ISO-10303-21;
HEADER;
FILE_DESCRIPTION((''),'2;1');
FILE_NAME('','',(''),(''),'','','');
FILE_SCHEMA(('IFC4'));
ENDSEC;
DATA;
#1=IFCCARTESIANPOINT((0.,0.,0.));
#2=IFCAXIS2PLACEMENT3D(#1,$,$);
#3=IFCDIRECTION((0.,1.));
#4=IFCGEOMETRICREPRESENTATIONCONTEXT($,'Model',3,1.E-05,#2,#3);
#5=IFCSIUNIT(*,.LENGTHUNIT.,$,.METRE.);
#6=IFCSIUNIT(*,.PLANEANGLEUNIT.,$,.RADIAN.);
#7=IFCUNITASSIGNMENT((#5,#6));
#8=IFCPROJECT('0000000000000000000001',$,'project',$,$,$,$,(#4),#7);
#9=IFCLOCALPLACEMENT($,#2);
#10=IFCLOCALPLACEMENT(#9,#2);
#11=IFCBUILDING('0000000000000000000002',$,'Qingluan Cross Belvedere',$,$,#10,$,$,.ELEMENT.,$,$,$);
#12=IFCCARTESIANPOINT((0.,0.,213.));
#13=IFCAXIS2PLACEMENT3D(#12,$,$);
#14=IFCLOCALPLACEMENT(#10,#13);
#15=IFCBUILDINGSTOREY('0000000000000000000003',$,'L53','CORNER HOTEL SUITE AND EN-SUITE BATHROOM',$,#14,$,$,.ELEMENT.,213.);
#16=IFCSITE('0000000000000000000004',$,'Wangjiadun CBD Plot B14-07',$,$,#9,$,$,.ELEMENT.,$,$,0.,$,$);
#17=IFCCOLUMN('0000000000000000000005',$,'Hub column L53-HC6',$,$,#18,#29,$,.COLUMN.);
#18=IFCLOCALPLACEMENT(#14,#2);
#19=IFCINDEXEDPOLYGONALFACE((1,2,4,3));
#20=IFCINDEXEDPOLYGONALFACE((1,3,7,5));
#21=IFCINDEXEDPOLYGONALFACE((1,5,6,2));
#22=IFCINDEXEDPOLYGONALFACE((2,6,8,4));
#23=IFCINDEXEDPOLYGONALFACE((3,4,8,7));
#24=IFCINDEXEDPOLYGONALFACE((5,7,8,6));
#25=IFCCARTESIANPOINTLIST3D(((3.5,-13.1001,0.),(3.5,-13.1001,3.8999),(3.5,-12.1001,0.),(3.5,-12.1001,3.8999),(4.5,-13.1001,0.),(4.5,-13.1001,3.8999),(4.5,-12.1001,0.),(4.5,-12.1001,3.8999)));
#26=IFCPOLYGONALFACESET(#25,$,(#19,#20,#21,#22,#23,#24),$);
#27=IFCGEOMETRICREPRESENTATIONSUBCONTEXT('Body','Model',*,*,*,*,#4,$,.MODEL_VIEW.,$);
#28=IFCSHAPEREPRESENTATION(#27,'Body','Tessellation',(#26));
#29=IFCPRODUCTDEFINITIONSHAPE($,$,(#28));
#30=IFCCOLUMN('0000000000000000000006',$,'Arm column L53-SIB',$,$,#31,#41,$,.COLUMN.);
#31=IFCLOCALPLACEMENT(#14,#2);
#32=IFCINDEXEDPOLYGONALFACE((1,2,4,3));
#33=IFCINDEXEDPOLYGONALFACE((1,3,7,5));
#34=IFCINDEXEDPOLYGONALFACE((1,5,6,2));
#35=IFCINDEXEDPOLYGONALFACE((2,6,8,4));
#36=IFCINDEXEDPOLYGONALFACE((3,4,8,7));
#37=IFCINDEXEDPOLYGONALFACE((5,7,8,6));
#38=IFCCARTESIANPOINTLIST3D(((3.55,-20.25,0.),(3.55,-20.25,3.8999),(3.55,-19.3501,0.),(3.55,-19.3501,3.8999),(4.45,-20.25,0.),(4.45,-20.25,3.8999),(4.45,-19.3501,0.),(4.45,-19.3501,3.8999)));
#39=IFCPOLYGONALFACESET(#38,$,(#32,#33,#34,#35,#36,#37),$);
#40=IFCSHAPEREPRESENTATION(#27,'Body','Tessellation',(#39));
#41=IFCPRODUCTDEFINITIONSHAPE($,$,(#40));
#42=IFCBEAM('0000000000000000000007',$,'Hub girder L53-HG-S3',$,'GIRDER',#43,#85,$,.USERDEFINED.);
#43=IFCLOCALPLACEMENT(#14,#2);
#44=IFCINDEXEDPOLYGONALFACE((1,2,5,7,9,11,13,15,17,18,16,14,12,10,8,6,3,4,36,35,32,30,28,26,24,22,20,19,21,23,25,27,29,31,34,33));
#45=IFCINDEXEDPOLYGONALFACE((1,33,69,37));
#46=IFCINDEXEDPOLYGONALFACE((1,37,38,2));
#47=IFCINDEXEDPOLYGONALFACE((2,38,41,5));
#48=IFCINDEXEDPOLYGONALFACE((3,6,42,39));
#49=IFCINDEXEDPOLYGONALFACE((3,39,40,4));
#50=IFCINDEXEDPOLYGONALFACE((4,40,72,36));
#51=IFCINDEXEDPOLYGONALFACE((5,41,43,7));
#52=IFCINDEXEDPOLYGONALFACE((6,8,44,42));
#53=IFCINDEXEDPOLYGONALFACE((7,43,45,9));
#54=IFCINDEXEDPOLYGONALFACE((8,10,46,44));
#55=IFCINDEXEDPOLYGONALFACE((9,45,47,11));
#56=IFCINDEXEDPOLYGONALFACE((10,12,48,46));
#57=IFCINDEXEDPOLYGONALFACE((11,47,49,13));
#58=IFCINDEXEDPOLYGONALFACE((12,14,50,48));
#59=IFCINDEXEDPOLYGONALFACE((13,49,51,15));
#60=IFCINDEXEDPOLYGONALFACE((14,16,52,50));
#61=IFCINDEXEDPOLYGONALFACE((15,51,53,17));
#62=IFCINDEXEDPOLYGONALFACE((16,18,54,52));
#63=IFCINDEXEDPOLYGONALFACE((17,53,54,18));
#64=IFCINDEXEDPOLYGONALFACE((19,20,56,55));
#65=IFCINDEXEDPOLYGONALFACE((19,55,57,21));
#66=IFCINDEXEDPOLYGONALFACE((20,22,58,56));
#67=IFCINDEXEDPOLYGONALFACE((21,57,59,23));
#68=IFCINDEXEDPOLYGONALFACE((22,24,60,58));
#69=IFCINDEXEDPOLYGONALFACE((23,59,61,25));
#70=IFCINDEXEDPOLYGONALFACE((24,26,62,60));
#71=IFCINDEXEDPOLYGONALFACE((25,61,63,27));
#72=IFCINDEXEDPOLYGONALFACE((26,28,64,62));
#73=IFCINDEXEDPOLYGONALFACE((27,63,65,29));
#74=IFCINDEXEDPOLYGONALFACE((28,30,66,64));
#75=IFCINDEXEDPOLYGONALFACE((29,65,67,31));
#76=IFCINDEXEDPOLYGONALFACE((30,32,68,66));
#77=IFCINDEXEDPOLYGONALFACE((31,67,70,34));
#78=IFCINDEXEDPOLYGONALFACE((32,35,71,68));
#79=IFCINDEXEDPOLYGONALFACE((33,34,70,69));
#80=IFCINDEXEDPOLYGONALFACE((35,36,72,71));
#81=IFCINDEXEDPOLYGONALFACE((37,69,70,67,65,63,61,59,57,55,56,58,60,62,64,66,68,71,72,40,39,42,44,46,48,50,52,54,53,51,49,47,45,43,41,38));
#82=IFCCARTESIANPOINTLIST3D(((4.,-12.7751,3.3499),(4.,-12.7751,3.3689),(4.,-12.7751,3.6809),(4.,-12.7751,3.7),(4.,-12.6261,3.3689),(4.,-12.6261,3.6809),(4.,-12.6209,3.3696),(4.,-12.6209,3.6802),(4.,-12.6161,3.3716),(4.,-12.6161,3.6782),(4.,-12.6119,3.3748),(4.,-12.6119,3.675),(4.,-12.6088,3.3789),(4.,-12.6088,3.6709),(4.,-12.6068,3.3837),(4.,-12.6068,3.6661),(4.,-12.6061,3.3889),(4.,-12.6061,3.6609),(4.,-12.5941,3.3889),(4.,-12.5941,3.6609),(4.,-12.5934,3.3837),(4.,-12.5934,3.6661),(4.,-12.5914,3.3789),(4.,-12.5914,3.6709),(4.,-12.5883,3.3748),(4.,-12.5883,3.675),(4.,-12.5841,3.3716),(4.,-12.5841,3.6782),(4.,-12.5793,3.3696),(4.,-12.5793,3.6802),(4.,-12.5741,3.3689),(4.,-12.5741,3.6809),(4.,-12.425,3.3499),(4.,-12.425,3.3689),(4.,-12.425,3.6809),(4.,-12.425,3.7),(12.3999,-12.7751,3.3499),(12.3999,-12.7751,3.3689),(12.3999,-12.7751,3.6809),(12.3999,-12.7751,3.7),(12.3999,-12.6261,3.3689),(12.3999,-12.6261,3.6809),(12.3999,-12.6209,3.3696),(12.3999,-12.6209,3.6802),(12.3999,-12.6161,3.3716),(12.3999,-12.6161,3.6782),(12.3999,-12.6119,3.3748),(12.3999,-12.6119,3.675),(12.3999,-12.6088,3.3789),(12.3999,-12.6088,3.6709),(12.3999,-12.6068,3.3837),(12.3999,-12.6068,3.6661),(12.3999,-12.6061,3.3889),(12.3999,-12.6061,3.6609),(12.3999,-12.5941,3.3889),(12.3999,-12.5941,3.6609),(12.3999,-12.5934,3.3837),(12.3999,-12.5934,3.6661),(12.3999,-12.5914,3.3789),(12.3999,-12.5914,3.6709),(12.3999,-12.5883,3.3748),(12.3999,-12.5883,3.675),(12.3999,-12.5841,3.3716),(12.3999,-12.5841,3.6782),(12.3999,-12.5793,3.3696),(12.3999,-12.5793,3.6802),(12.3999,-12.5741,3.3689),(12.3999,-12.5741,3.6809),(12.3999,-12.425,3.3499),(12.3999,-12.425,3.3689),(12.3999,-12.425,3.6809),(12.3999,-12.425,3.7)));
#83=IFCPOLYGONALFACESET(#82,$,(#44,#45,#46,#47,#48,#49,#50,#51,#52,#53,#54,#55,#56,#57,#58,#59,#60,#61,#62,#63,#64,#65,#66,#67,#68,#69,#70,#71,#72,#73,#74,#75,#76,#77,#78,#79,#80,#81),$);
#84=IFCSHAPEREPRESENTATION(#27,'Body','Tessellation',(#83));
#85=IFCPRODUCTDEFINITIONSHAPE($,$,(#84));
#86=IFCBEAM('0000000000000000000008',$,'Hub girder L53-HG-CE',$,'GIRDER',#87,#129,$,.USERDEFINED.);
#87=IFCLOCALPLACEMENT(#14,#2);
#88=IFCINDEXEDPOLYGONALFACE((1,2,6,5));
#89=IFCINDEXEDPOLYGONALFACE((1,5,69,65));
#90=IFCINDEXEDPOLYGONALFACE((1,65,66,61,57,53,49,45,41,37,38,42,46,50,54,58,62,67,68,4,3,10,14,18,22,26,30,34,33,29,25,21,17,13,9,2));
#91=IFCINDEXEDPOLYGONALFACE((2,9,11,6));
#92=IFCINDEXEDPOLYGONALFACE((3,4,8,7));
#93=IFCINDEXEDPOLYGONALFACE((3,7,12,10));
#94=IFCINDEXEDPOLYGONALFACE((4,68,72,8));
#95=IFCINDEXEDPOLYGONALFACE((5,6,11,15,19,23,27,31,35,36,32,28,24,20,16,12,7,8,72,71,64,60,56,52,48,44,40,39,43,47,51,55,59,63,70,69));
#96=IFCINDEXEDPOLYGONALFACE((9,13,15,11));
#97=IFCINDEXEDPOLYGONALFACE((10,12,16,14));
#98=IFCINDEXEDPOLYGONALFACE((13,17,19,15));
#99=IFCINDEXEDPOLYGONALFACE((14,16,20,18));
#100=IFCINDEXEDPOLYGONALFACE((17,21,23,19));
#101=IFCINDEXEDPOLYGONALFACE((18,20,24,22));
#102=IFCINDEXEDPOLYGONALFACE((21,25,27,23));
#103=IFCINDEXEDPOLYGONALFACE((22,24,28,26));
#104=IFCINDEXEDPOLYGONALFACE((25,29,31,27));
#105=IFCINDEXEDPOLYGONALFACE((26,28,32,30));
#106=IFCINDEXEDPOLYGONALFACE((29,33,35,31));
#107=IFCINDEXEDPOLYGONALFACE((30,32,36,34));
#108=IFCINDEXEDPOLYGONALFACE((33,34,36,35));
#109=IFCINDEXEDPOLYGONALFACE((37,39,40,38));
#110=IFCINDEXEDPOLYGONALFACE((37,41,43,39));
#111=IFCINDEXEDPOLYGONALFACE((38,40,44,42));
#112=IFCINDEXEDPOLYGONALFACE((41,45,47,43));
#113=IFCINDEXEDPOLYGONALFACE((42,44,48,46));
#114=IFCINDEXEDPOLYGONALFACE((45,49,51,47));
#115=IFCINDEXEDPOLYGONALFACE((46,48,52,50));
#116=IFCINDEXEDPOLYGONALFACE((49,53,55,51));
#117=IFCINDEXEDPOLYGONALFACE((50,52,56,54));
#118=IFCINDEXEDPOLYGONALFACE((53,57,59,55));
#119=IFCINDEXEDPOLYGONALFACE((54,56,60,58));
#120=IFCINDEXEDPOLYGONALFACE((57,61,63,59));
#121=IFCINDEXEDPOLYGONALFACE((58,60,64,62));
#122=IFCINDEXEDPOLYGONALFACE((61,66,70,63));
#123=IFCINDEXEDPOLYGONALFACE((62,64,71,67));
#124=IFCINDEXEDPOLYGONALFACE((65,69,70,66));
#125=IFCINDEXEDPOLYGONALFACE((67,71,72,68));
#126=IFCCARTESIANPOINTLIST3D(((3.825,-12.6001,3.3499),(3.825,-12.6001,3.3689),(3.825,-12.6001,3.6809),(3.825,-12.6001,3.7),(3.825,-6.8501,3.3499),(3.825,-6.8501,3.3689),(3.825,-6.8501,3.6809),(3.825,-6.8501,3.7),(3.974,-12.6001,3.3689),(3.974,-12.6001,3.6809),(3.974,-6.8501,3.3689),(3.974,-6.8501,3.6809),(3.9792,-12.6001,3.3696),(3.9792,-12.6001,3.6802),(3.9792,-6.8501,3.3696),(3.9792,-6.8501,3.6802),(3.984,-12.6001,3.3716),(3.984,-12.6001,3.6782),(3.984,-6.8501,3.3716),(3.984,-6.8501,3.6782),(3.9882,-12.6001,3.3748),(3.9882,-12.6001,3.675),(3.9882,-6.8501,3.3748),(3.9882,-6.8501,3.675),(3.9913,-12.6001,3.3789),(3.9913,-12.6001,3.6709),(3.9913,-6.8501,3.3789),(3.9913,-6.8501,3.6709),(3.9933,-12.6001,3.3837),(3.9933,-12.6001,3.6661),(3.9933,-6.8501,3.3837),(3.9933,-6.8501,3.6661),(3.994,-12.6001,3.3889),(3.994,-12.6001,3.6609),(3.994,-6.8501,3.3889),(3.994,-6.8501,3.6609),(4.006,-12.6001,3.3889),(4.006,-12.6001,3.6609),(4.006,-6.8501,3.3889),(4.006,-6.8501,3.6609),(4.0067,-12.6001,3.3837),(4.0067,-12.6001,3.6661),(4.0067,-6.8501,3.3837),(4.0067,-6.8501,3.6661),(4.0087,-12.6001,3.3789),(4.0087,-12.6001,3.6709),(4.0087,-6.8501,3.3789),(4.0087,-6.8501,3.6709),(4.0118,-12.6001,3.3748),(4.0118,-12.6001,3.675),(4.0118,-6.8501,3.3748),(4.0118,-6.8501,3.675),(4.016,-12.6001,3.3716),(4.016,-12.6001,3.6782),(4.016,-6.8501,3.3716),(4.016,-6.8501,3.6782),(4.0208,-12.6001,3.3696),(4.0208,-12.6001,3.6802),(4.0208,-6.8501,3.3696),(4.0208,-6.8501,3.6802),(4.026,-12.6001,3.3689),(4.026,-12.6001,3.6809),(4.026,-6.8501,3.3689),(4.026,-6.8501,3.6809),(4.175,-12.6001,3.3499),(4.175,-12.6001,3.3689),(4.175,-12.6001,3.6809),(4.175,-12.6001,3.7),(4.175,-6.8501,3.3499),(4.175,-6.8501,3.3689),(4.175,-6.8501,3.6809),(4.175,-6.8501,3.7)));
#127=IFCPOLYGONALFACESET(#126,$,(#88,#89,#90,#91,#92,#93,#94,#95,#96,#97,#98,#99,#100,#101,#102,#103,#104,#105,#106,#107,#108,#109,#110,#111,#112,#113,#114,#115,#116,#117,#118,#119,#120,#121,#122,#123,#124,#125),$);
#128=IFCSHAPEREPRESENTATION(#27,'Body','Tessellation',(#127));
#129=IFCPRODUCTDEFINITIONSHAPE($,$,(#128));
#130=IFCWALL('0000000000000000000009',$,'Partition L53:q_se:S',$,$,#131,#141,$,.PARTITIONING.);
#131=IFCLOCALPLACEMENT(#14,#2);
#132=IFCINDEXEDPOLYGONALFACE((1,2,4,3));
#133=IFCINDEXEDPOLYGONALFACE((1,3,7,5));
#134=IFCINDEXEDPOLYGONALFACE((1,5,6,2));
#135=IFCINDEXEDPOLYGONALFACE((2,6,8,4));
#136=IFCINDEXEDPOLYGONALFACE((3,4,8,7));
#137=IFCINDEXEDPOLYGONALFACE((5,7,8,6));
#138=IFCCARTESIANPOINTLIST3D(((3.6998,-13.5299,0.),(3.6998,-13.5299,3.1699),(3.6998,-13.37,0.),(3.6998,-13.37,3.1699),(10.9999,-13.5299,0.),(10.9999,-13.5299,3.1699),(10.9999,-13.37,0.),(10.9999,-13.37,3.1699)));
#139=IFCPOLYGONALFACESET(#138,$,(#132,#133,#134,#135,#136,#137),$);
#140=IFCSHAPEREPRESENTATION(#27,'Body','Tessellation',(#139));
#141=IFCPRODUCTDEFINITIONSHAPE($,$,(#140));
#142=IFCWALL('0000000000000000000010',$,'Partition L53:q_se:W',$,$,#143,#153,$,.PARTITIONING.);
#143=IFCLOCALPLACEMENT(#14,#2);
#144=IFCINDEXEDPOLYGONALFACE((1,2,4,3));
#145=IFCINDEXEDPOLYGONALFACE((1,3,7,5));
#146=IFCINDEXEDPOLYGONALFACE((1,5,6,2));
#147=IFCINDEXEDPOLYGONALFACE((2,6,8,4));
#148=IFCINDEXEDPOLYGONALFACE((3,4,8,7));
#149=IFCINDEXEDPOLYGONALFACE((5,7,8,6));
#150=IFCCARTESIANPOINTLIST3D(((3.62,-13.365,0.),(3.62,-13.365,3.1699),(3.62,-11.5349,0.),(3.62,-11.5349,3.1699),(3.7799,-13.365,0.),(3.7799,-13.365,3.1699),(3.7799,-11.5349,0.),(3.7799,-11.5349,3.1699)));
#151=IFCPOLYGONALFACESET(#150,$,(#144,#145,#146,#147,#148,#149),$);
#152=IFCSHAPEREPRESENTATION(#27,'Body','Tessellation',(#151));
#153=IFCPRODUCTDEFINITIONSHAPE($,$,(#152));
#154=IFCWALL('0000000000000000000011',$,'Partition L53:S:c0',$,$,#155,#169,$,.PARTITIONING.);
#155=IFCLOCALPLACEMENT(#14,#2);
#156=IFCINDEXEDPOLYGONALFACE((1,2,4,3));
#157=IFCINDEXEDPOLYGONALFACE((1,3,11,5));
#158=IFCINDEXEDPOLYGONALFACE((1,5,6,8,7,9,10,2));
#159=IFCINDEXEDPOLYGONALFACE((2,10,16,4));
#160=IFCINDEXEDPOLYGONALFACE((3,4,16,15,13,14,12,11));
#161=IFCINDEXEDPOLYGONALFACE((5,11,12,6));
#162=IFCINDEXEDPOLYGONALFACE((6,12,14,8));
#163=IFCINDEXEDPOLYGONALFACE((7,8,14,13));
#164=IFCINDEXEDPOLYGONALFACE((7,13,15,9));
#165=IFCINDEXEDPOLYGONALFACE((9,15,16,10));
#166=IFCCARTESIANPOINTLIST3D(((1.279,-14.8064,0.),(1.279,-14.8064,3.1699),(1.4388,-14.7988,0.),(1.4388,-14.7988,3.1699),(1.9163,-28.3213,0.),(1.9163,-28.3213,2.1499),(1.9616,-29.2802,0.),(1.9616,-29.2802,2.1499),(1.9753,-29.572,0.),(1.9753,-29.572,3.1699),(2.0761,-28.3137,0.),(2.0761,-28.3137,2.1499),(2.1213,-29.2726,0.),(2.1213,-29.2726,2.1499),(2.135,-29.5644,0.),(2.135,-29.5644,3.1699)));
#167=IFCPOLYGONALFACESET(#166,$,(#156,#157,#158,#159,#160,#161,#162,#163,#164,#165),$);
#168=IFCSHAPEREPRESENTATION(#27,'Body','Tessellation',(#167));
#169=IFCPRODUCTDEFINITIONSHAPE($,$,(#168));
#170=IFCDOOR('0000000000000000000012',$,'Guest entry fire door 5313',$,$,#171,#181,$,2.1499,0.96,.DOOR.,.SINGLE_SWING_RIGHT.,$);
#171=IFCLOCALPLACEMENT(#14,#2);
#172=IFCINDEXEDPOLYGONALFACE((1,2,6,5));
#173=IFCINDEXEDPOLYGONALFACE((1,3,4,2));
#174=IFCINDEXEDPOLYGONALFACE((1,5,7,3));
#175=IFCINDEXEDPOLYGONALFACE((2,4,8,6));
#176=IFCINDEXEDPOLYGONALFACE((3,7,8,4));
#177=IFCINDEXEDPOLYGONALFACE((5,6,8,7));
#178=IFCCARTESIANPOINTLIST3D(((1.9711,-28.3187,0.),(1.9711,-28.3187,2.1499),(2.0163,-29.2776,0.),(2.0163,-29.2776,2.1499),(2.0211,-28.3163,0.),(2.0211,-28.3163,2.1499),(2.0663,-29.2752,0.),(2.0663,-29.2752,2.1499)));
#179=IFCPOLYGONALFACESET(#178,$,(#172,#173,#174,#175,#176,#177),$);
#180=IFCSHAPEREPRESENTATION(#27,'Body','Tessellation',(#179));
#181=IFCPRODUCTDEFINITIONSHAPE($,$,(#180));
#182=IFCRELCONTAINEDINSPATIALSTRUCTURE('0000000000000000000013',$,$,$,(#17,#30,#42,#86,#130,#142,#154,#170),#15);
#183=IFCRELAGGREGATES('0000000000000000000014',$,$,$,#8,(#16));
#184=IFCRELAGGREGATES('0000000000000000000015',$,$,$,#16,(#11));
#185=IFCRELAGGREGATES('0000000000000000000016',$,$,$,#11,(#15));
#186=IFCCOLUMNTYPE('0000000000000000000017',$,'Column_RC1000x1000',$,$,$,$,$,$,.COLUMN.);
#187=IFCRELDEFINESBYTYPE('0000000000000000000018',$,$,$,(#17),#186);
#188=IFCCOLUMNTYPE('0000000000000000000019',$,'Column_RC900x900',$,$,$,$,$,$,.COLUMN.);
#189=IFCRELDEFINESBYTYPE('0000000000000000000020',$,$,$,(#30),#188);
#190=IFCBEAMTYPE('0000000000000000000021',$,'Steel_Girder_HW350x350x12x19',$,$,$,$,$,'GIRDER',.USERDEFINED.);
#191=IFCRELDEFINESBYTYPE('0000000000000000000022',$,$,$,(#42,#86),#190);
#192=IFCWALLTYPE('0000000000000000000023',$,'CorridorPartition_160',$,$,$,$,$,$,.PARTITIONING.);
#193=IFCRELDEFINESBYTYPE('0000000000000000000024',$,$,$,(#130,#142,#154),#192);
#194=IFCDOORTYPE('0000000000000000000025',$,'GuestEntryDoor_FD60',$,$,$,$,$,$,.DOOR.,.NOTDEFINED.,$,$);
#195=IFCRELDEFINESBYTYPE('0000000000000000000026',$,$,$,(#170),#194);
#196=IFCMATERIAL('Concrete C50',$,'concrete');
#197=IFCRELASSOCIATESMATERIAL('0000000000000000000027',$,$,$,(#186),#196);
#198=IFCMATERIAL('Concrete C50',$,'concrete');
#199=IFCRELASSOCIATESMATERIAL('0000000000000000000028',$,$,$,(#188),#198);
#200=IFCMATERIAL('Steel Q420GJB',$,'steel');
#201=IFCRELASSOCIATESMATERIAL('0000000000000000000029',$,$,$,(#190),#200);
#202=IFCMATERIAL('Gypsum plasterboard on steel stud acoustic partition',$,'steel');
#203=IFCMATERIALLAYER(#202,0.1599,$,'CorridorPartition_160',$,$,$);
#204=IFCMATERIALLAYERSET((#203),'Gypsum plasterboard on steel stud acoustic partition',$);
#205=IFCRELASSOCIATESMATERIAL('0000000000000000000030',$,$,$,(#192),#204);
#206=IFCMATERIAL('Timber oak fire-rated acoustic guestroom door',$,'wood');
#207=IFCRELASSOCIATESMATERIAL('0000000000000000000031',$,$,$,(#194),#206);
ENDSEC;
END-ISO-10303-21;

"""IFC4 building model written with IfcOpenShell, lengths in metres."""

from ifc_helpers import new_model, si_unit, direction, frame, frame_2d, origin, origin_2d, place, context, subcontext, project, spatial, rectangle, i_section, extrude, material, layer, layer_set, material_profile, profile_set, type_object, element, fill, save


model = new_model("IFC4")

# Units and contexts
model_context = context("Model", 3, precision=1e-05, world=origin(), true_north=direction((0.0, 1.0)))
body_context = subcontext(model_context, "Body", "Model", "MODEL_VIEW")
ifc_project = project(units=[si_unit("LENGTHUNIT", "METRE"), si_unit("PLANEANGLEUNIT", "RADIAN")], contexts=[model_context])

# Site, building, storey
site_placement = place(None, origin())
site = spatial("IfcSite", under=ifc_project, at=site_placement, Name="Wangjiadun CBD Plot B14-07", CompositionType="ELEMENT", RefElevation=0.0)
building_placement = place(site_placement, origin())
building = spatial("IfcBuilding", under=site, at=building_placement, Name="Qingluan Cross Belvedere", CompositionType="ELEMENT")
storey_placement = place(building_placement, frame((0.0, 0.0, 213.0)))
storey = spatial("IfcBuildingStorey", under=building, at=storey_placement, Name="L53", Description="CORNER HOTEL SUITE AND EN-SUITE BATHROOM", CompositionType="ELEMENT", Elevation=213.0)

# Columns
ifc_material_1 = material(Name="Concrete C50", Category="concrete")
ifc_material_profile_1 = material_profile(ifc_material_1, rectangle(XDim=1.0, YDim=1.0, at=origin_2d()), Name="RC1000x1000")
ifc_profile_set_1 = profile_set([ifc_material_profile_1], Name="Concrete C50")
column_type_1 = type_object("IfcColumnType", Name="Column_RC1000x1000", PredefinedType="COLUMN", material=ifc_profile_set_1)
column_1_placement = place(storey_placement, frame((4.0, -12.6001, 0.0), z_axis=(0.0, 0.0, 1.0), x_axis=(1.0, 0.0, 0.0)))
element("IfcColumn", 1, at=column_1_placement, inside=storey, type_object=column_type_1, Name="Hub column L53-HC6", PredefinedType="COLUMN", context=body_context, shape_type="SweptSolid", body=[
    extrude(rectangle(XDim=1.0, YDim=1.0, at=origin_2d()), origin(), (0.0, 0.0, 1.0), 3.8999),
])
ifc_material_2 = material(Name="Concrete C50", Category="concrete")
ifc_material_profile_2 = material_profile(ifc_material_2, rectangle(XDim=0.8999, YDim=0.8999, at=origin_2d()), Name="RC900x900")
ifc_profile_set_2 = profile_set([ifc_material_profile_2], Name="Concrete C50")
column_type_2 = type_object("IfcColumnType", Name="Column_RC900x900", PredefinedType="COLUMN", material=ifc_profile_set_2)
column_2_placement = place(storey_placement, frame((4.0, -19.8, 0.0), z_axis=(0.0, 0.0, 1.0), x_axis=(1.0, 0.0, 0.0)))
element("IfcColumn", 2, at=column_2_placement, inside=storey, type_object=column_type_2, Name="Arm column L53-SIB", PredefinedType="COLUMN", context=body_context, shape_type="SweptSolid", body=[
    extrude(rectangle(XDim=0.8999, YDim=0.8999, at=origin_2d()), origin(), (0.0, 0.0, 1.0), 3.8999),
])

# Beams
ifc_material_3 = material(Name="Steel Q420GJB", Category="steel")
ifc_material_profile_3 = material_profile(ifc_material_3, i_section(OverallWidth=0.3501, OverallDepth=0.3501, WebThickness=0.012, FlangeThickness=0.019, FilletRadius=0.02, at=origin_2d()), Name="HW350x350x12x19")
ifc_profile_set_3 = profile_set([ifc_material_profile_3], Name="Steel Q420GJB")
beam_type = type_object("IfcBeamType", Name="Steel_Girder_HW350x350x12x19", ElementType="GIRDER", PredefinedType="USERDEFINED", material=ifc_profile_set_3)
beam_1_placement = place(storey_placement, frame((4.0, -12.6001, 3.5249), z_axis=(1.0, 0.0, 0.0), x_axis=(0.0, 1.0, 0.0)))
element("IfcBeam", 3, at=beam_1_placement, inside=storey, type_object=beam_type, Name="Hub girder L53-HG-S3", ObjectType="GIRDER", PredefinedType="USERDEFINED", context=body_context, shape_type="SweptSolid", body=[
    extrude(i_section(OverallWidth=0.3501, OverallDepth=0.3501, WebThickness=0.012, FlangeThickness=0.019, FilletRadius=0.02, at=origin_2d()), origin(), (0.0, 0.0, 1.0), 8.3999),
])
beam_2_placement = place(storey_placement, frame((4.0, -12.6001, 3.5249), z_axis=(0.0, 1.0, 0.0), x_axis=(-1.0, 0.0, 0.0)))
element("IfcBeam", 4, at=beam_2_placement, inside=storey, type_object=beam_type, Name="Hub girder L53-HG-CE", ObjectType="GIRDER", PredefinedType="USERDEFINED", context=body_context, shape_type="SweptSolid", body=[
    extrude(i_section(OverallWidth=0.3501, OverallDepth=0.3501, WebThickness=0.012, FlangeThickness=0.019, FilletRadius=0.02, at=origin_2d()), origin(), (0.0, 0.0, 1.0), 5.75),
])

# Walls
ifc_material_4 = material(Name="Gypsum plasterboard on steel stud acoustic partition", Category="steel")
ifc_layer_1 = layer(ifc_material_4, 0.1599, Name="CorridorPartition_160")
ifc_layer_set_1 = layer_set([ifc_layer_1], Name="Gypsum plasterboard on steel stud acoustic partition")
wall_type_1 = type_object("IfcWallType", Name="CorridorPartition_160", PredefinedType="PARTITIONING", material=ifc_layer_set_1)
wall_1_placement = place(storey_placement, frame((3.7, -13.45, 0.0), z_axis=(0.0, 0.0, 1.0), x_axis=(1.0, 0.0, 0.0)))
element("IfcWall", 5, at=wall_1_placement, inside=storey, type_object=wall_type_1, Name="Partition L53:q_se:S", PredefinedType="PARTITIONING", context=body_context, shape_type="SweptSolid", body=[
    extrude(rectangle(XDim=7.3, YDim=0.1599, at=frame_2d((3.6499, 0.0))), origin(), (0.0, 0.0, 1.0), 3.1699),
])
wall_2_placement = place(storey_placement, frame((3.7, -13.365, 0.0), z_axis=(0.0, 0.0, 1.0), x_axis=(0.0, 1.0, 0.0)))
element("IfcWall", 6, at=wall_2_placement, inside=storey, type_object=wall_type_1, Name="Partition L53:q_se:W", PredefinedType="PARTITIONING", context=body_context, shape_type="SweptSolid", body=[
    extrude(rectangle(XDim=1.8301, YDim=0.1599, at=frame_2d((0.915, 0.0))), origin(), (0.0, 0.0, 1.0), 3.1699),
])

# Wall, opening, door
wall_3_placement = place(storey_placement, frame((1.3589, -14.8025, 0.0), z_axis=(0.0, 0.0, 1.0), x_axis=(0.047104, -0.99889, 0.0)))
wall_3 = element("IfcWall", 7, at=wall_3_placement, inside=storey, type_object=wall_type_1, Name="Partition L53:S:c0", PredefinedType="PARTITIONING", context=body_context, shape_type="SweptSolid", body=[
    extrude(rectangle(XDim=14.782, YDim=0.1599, at=frame_2d((7.3911, 0.0))), origin(), (0.0, 0.0, 1.0), 3.1699),
])
opening_1_placement = place(wall_3_placement, frame((13.53, 0.0, 0.0)))
opening_1 = element("IfcOpeningElement", 8, at=opening_1_placement, cuts=wall_3, PredefinedType="OPENING", context=body_context, shape_type="SweptSolid", body=[
    extrude(rectangle(XDim=0.96, YDim=2.1499, at=frame_2d((0.48, 1.075))), frame((0.0, 0.0898, 0.0), z_axis=(0.0, -1.0, 0.0), x_axis=(1.0, 0.0, 0.0)), (0.0, 0.0, 1.0), 0.1799),
])
ifc_material_5 = material(Name="Timber oak fire-rated acoustic guestroom door", Category="wood")
door_type_1 = type_object("IfcDoorType", Name="GuestEntryDoor_FD60", OperationType="NOTDEFINED", PredefinedType="DOOR", material=ifc_material_5)
door_1_placement = place(opening_1_placement, origin())
door_1 = element("IfcDoor", 9, at=door_1_placement, inside=storey, type_object=door_type_1, Name="Guest entry fire door 5313", OperationType="SINGLE_SWING_RIGHT", OverallHeight=2.1499, OverallWidth=0.96, PredefinedType="DOOR", context=body_context, shape_type="SweptSolid", body=[
    extrude(rectangle(XDim=0.96, YDim=2.1499, at=frame_2d((0.48, 1.075))), frame((0.0, 0.0249, 0.0), z_axis=(0.0, -1.0, 0.0), x_axis=(1.0, 0.0, 0.0)), (0.0, 0.0, 1.0), 0.05),
])
fill(opening_1, door_1)

save(model, "model.ifc")
